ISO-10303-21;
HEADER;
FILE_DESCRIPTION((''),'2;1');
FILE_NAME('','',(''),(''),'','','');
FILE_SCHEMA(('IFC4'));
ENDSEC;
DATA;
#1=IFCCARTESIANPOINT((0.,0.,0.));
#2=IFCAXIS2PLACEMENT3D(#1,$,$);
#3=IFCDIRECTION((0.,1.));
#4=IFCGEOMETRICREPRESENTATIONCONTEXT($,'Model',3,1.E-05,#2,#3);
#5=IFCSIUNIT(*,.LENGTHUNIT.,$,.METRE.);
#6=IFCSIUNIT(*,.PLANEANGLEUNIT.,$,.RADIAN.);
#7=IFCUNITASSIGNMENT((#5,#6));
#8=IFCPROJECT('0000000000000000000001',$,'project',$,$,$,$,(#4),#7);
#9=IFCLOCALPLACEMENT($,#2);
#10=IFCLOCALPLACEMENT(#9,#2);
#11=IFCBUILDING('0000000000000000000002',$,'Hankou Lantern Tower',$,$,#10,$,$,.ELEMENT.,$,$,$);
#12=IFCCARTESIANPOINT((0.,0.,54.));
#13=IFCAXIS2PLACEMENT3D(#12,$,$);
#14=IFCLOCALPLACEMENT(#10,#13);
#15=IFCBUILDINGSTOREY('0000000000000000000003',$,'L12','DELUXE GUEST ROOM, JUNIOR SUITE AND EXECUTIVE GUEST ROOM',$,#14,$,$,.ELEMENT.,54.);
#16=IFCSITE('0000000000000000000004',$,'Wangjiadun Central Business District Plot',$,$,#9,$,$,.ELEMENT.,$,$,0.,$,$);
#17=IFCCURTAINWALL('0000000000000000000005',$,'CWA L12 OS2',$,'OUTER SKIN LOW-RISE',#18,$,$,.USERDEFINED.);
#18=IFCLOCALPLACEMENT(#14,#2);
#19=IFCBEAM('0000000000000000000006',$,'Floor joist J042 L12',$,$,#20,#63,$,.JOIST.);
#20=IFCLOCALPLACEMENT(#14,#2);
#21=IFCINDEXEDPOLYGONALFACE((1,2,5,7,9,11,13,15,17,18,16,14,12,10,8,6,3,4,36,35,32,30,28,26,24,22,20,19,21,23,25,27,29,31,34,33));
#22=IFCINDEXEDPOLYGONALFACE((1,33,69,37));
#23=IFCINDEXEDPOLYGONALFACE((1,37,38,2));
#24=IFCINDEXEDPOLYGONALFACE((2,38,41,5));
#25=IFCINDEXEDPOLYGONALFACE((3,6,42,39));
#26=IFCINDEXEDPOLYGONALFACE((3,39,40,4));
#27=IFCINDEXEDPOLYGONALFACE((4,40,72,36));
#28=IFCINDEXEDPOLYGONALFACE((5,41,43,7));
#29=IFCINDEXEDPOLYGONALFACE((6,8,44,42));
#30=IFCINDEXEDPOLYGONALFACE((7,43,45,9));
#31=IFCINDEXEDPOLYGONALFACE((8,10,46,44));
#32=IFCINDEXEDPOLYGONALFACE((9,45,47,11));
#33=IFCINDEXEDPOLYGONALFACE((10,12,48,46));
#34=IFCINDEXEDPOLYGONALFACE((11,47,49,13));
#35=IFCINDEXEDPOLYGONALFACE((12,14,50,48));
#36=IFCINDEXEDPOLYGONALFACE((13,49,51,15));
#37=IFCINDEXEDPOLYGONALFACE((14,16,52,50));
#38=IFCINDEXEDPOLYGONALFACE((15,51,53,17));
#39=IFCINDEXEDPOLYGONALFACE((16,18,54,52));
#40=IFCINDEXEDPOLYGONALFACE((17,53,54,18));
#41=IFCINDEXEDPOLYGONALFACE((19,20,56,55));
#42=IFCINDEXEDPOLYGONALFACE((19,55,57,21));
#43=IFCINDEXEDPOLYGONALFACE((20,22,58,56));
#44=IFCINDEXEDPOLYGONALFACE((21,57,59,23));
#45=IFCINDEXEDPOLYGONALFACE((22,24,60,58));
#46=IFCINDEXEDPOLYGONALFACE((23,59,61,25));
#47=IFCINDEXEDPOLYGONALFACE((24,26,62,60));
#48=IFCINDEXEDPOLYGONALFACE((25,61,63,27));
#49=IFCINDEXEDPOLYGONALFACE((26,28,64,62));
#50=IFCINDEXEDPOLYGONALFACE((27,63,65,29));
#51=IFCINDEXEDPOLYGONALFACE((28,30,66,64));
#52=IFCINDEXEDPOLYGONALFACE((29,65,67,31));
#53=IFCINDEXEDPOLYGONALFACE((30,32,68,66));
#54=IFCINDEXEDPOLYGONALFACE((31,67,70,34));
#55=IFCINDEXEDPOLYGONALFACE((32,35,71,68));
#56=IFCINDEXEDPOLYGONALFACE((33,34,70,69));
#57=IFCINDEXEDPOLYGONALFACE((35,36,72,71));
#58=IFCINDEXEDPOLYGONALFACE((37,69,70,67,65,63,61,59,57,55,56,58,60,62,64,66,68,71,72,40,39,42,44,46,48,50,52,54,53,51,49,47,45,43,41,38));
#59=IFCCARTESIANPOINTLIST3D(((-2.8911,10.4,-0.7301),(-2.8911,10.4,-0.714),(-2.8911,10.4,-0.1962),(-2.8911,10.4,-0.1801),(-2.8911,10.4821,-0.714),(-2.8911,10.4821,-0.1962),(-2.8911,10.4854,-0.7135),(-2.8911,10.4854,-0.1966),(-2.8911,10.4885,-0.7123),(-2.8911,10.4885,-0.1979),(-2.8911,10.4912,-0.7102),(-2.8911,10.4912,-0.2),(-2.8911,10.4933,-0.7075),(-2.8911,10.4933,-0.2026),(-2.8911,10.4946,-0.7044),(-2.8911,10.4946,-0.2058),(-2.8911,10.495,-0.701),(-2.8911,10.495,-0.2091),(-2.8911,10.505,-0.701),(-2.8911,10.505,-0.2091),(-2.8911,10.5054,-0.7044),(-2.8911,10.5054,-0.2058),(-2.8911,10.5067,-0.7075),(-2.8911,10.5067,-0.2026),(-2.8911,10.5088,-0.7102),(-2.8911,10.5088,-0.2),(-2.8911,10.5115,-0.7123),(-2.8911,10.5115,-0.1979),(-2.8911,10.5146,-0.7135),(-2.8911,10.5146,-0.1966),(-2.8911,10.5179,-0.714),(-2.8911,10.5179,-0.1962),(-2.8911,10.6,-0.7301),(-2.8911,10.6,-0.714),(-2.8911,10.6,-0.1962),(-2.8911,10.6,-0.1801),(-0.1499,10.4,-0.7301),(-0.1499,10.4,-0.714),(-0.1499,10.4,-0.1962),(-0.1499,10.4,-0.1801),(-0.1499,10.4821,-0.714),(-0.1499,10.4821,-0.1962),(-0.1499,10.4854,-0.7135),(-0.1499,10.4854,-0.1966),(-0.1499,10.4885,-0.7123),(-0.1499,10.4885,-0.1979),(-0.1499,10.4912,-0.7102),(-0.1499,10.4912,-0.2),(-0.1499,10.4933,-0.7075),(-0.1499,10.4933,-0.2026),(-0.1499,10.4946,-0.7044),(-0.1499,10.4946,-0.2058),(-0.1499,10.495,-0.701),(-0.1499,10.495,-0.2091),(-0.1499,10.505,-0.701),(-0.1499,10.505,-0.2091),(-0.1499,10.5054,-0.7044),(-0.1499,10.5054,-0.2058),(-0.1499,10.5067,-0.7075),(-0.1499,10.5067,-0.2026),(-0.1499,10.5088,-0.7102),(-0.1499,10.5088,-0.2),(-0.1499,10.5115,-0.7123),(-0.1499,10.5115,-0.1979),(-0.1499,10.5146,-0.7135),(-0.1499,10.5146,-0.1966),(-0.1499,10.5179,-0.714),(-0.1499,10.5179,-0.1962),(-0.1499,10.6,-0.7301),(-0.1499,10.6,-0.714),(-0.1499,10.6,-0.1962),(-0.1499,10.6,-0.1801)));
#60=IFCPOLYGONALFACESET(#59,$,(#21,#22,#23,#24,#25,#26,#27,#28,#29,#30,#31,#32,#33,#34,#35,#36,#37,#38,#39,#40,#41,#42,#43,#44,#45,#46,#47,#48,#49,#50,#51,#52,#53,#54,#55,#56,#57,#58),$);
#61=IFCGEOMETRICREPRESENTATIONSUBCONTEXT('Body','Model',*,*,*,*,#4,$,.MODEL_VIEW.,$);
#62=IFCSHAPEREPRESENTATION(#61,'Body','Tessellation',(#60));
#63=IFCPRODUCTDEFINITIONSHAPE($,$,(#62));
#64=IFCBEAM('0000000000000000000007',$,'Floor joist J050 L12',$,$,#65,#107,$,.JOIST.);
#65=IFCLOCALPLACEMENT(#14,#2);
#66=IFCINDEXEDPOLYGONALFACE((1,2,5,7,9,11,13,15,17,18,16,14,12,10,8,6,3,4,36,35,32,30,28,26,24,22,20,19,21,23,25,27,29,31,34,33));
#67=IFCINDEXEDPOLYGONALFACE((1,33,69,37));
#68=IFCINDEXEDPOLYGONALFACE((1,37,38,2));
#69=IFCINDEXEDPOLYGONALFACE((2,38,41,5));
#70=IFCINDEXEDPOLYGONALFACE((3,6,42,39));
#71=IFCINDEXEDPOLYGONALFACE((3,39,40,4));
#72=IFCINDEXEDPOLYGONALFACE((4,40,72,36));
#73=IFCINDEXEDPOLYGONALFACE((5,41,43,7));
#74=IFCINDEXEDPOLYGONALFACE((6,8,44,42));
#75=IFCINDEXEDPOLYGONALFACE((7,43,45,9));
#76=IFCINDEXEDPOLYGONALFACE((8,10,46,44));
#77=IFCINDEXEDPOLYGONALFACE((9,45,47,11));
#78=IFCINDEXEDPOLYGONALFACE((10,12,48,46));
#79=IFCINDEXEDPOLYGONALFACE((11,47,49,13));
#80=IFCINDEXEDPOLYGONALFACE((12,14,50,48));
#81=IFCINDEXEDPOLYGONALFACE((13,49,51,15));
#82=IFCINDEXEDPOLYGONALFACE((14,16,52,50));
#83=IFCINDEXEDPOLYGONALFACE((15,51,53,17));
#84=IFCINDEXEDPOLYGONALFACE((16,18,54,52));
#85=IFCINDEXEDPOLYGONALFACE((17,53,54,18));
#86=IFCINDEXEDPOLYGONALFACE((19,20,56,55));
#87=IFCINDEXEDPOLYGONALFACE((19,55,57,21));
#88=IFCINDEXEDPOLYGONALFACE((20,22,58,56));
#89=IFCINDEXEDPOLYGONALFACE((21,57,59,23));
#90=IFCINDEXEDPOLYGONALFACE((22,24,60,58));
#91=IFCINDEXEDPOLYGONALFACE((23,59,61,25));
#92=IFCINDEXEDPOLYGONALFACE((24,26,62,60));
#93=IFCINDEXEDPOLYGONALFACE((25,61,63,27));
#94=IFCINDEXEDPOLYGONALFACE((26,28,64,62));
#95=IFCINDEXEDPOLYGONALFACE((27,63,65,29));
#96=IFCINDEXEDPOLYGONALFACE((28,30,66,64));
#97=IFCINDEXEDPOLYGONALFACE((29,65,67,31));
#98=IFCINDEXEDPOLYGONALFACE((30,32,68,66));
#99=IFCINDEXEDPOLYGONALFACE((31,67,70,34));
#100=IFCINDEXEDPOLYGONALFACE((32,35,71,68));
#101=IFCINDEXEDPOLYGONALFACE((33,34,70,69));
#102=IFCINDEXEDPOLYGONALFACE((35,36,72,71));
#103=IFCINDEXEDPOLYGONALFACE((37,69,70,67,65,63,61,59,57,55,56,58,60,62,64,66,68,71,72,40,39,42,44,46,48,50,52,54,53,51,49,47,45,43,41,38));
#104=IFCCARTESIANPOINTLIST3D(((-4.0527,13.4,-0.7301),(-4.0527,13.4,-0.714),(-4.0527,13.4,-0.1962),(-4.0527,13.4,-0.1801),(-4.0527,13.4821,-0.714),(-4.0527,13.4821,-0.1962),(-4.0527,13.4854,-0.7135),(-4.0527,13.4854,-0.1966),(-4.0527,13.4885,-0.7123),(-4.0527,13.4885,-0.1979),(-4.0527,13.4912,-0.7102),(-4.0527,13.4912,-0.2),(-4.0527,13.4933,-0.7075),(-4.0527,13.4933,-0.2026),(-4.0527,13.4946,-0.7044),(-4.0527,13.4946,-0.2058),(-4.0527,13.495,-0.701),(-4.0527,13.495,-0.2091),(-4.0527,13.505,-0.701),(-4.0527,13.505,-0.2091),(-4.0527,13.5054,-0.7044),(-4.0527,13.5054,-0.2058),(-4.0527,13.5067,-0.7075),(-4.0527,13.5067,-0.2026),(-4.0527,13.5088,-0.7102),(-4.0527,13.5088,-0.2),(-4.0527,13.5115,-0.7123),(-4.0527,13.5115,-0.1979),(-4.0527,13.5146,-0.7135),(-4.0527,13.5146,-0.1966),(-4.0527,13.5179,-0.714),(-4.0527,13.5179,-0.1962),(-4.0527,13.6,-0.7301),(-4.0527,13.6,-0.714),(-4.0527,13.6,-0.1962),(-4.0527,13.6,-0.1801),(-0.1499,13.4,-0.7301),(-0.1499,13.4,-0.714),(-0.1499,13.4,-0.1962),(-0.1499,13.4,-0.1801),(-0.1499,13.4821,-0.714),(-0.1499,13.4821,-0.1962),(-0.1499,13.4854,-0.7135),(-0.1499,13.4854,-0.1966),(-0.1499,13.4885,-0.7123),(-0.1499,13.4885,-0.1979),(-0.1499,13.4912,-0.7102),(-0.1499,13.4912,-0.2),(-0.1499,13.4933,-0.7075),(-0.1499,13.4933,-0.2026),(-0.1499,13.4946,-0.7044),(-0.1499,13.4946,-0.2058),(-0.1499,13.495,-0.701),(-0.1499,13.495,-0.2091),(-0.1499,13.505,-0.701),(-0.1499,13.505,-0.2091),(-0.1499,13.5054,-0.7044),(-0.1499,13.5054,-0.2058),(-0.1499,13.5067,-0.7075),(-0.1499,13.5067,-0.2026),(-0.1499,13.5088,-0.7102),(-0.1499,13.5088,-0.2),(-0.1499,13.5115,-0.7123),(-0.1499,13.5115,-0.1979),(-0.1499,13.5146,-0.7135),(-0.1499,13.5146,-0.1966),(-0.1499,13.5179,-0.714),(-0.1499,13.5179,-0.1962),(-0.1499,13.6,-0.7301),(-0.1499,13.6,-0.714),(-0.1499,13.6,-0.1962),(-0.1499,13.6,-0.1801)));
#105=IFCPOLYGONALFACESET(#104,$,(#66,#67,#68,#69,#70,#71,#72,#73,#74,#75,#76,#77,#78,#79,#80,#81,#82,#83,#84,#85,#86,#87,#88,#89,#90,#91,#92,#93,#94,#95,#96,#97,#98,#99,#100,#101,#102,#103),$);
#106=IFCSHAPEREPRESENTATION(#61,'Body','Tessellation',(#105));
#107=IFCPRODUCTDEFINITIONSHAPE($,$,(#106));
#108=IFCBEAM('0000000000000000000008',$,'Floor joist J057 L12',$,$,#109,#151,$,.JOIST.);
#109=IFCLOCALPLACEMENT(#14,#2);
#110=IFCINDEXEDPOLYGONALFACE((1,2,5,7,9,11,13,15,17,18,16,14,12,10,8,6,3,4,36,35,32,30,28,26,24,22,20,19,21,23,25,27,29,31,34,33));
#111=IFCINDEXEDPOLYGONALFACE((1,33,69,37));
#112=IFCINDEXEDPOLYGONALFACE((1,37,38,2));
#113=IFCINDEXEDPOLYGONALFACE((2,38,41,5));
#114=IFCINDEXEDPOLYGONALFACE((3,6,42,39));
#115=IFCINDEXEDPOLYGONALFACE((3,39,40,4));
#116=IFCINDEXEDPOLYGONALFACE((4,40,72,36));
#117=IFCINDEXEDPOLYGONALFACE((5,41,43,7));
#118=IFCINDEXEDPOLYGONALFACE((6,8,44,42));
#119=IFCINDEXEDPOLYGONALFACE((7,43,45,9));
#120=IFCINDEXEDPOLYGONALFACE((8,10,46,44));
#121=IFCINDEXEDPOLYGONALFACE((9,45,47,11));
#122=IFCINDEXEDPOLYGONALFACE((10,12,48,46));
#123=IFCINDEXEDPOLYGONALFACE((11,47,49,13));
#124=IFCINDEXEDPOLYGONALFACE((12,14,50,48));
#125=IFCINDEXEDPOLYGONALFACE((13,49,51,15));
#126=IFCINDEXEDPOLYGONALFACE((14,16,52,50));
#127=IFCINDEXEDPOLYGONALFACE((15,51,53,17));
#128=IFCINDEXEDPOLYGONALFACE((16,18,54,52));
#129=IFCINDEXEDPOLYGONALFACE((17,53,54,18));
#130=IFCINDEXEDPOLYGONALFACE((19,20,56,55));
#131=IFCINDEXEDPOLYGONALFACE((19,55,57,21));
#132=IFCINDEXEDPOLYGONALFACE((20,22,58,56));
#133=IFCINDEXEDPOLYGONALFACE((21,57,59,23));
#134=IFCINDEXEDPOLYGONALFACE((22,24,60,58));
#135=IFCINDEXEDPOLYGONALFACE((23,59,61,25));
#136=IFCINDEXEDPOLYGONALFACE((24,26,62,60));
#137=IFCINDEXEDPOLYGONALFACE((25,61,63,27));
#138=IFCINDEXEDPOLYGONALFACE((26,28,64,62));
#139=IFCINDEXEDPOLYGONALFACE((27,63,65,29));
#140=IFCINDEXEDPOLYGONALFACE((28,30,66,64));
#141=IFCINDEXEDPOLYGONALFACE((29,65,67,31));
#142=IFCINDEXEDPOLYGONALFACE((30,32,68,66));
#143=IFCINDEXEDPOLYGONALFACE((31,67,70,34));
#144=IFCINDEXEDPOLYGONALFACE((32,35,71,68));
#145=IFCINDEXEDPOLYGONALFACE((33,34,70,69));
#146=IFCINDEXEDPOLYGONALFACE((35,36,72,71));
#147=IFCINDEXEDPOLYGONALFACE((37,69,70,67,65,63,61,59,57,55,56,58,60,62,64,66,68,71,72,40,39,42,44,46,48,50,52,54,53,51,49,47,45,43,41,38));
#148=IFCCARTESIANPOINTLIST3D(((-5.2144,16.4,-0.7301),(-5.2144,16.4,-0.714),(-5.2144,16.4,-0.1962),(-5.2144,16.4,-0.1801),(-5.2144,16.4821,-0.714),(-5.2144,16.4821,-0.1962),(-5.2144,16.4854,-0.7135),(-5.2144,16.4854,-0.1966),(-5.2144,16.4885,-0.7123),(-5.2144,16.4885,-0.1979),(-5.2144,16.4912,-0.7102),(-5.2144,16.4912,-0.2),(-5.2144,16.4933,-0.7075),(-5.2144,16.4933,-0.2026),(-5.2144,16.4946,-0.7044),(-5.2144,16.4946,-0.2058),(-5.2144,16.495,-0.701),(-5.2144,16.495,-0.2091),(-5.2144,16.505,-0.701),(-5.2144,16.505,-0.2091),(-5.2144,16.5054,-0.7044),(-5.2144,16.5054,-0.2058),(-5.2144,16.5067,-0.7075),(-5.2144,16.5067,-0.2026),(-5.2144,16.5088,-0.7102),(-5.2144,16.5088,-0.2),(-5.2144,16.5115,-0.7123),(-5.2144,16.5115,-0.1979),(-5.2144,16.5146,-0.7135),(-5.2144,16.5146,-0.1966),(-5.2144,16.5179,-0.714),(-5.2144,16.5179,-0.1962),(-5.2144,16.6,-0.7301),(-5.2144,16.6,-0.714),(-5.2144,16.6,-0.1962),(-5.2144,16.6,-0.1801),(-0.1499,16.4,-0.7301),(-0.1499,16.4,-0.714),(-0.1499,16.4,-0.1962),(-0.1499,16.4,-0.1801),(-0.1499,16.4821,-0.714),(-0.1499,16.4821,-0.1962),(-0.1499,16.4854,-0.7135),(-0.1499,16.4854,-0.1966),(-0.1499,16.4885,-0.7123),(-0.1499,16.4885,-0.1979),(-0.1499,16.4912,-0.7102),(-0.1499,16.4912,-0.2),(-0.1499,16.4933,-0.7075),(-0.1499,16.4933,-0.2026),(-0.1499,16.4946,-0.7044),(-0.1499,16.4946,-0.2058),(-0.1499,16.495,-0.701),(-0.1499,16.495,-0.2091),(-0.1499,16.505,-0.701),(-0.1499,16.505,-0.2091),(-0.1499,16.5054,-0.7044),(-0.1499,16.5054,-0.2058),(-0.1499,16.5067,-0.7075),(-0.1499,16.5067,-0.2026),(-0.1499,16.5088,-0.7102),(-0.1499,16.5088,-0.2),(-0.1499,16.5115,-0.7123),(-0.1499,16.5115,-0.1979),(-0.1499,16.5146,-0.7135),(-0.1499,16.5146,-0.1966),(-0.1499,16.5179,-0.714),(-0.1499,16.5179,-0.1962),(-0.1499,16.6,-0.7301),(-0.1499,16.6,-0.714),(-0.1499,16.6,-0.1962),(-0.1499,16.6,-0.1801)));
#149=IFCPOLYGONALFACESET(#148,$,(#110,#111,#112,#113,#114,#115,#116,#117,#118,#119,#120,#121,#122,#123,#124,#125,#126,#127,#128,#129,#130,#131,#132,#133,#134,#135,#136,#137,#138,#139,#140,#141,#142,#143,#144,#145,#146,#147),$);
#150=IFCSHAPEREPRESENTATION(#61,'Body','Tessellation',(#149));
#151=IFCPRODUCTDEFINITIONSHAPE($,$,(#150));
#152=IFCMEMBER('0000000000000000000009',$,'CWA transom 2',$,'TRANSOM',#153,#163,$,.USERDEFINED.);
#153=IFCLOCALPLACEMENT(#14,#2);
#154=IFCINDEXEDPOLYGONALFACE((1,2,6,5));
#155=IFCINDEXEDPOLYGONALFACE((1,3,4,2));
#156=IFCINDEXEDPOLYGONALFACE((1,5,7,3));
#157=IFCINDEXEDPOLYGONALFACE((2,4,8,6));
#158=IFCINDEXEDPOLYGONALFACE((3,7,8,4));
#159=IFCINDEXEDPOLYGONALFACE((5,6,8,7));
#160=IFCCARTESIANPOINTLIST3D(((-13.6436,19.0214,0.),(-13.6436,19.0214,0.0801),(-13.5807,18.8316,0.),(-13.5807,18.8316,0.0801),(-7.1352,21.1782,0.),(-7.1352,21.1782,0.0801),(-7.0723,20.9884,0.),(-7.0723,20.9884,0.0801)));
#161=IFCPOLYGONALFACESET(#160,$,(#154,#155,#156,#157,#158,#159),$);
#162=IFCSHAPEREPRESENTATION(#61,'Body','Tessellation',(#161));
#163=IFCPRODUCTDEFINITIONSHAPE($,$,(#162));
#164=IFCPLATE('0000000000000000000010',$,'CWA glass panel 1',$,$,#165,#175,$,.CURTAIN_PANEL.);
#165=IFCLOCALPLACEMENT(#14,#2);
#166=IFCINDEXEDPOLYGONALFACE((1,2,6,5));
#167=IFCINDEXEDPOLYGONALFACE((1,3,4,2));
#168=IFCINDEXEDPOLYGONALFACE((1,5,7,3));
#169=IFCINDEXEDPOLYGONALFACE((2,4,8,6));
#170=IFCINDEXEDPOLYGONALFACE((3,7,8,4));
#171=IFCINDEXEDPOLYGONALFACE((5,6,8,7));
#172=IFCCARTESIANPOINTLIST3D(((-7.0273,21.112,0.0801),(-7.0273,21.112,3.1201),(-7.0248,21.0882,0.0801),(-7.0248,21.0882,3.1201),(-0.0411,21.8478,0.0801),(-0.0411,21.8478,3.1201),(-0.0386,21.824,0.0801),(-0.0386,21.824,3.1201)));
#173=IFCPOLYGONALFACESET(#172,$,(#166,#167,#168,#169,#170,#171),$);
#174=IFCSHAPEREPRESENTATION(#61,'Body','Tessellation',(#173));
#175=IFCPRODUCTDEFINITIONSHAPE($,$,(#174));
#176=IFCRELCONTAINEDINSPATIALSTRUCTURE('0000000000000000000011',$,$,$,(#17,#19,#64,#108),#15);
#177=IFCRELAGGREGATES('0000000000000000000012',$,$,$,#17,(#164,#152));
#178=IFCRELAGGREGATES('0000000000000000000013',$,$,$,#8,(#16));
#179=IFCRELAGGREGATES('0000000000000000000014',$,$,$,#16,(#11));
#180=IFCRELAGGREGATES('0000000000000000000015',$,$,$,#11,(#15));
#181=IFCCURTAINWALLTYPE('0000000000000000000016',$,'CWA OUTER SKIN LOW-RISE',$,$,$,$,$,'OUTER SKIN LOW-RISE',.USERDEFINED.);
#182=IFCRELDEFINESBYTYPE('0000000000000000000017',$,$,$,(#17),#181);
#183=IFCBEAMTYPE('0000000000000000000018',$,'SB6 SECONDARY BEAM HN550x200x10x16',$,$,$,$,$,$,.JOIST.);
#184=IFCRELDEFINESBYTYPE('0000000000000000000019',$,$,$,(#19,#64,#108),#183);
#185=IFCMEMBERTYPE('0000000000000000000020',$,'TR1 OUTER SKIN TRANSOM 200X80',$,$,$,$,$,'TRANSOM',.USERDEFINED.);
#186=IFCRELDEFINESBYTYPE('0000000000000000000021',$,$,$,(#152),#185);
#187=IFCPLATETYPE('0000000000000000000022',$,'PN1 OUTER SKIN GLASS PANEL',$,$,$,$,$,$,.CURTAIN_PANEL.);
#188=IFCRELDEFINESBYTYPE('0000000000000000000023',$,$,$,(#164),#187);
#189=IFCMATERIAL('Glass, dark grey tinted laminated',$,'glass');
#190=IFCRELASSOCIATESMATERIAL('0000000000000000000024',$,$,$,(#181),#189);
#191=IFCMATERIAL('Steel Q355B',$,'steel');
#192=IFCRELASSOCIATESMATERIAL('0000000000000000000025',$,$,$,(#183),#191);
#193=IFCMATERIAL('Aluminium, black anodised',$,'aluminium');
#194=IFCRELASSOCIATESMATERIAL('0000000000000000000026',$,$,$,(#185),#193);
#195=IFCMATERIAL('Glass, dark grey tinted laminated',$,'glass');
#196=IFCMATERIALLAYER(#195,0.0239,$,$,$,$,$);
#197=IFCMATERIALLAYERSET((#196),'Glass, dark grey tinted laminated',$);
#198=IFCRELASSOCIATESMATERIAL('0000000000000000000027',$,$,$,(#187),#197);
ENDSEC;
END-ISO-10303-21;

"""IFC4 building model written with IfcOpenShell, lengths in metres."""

from ifc_helpers import new_model, si_unit, direction, frame, origin, origin_2d, place, context, subcontext, project, spatial, rectangle, i_section, extrude, material, layer, layer_set, material_profile, profile_set, type_object, element, aggregate, save


model = new_model("IFC4")

# Units and contexts
model_context = context("Model", 3, precision=1e-05, world=origin(), true_north=direction((0.0, 1.0)))
body_context = subcontext(model_context, "Body", "Model", "MODEL_VIEW")
ifc_project = project(units=[si_unit("LENGTHUNIT", "METRE"), si_unit("PLANEANGLEUNIT", "RADIAN")], contexts=[model_context])

# Site, building, storey
site_placement = place(None, origin())
site = spatial("IfcSite", under=ifc_project, at=site_placement, Name="Wangjiadun Central Business District Plot", CompositionType="ELEMENT", RefElevation=0.0)
building_placement = place(site_placement, origin())
building = spatial("IfcBuilding", under=site, at=building_placement, Name="Hankou Lantern Tower", CompositionType="ELEMENT")
storey_placement = place(building_placement, frame((0.0, 0.0, 54.0)))
storey = spatial("IfcBuildingStorey", under=building, at=storey_placement, Name="L12", Description="DELUXE GUEST ROOM, JUNIOR SUITE AND EXECUTIVE GUEST ROOM", CompositionType="ELEMENT", Elevation=54.0)

# Curtain wall
ifc_material_1 = material(Name="Glass, dark grey tinted laminated", Category="glass")
curtain_wall_type = type_object("IfcCurtainWallType", Name="CWA OUTER SKIN LOW-RISE", ElementType="OUTER SKIN LOW-RISE", PredefinedType="USERDEFINED", material=ifc_material_1)
curtain_wall_placement = place(storey_placement, origin())
curtain_wall = element("IfcCurtainWall", 1, at=curtain_wall_placement, inside=storey, type_object=curtain_wall_type, Name="CWA L12 OS2", ObjectType="OUTER SKIN LOW-RISE", PredefinedType="USERDEFINED")

# Beams
ifc_material_2 = material(Name="Steel Q355B", Category="steel")
ifc_material_profile_1 = material_profile(ifc_material_2, i_section(OverallWidth=0.2, OverallDepth=0.55, WebThickness=0.01, FlangeThickness=0.0161, FilletRadius=0.0129, at=origin_2d()), Name="HN550x200x10x16")
ifc_profile_set_1 = profile_set([ifc_material_profile_1], Name="Steel Q355B")
beam_type_1 = type_object("IfcBeamType", Name="SB6 SECONDARY BEAM HN550x200x10x16", PredefinedType="JOIST", material=ifc_profile_set_1)
beam_1_placement = place(storey_placement, frame((-2.8911, 10.5, -0.4551), z_axis=(1.0, 0.0, 0.0), x_axis=(0.0, 1.0, 0.0)))
element("IfcBeam", 2, at=beam_1_placement, inside=storey, type_object=beam_type_1, Name="Floor joist J042 L12", PredefinedType="JOIST", context=body_context, shape_type="SweptSolid", body=[
    extrude(i_section(OverallWidth=0.2, OverallDepth=0.55, WebThickness=0.01, FlangeThickness=0.0161, FilletRadius=0.0129, at=origin_2d()), origin(), (0.0, 0.0, 1.0), 2.7412),
])
beam_2_placement = place(storey_placement, frame((-4.0527, 13.5, -0.4551), z_axis=(1.0, 0.0, 0.0), x_axis=(0.0, 1.0, 0.0)))
element("IfcBeam", 3, at=beam_2_placement, inside=storey, type_object=beam_type_1, Name="Floor joist J050 L12", PredefinedType="JOIST", context=body_context, shape_type="SweptSolid", body=[
    extrude(i_section(OverallWidth=0.2, OverallDepth=0.55, WebThickness=0.01, FlangeThickness=0.0161, FilletRadius=0.0129, at=origin_2d()), origin(), (0.0, 0.0, 1.0), 3.9028),
])
beam_3_placement = place(storey_placement, frame((-5.2144, 16.5, -0.4551), z_axis=(1.0, 0.0, 0.0), x_axis=(0.0, 1.0, 0.0)))
element("IfcBeam", 4, at=beam_3_placement, inside=storey, type_object=beam_type_1, Name="Floor joist J057 L12", PredefinedType="JOIST", context=body_context, shape_type="SweptSolid", body=[
    extrude(i_section(OverallWidth=0.2, OverallDepth=0.55, WebThickness=0.01, FlangeThickness=0.0161, FilletRadius=0.0129, at=origin_2d()), origin(), (0.0, 0.0, 1.0), 5.0645),
])

# Member
ifc_material_3 = material(Name="Aluminium, black anodised", Category="aluminium")
ifc_material_profile_2 = material_profile(ifc_material_3, rectangle(XDim=0.2, YDim=0.0801, at=origin_2d()), Name="TR1 200X80")
ifc_profile_set_2 = profile_set([ifc_material_profile_2], Name="Aluminium, black anodised")
member_type_1 = type_object("IfcMemberType", Name="TR1 OUTER SKIN TRANSOM 200X80", ElementType="TRANSOM", PredefinedType="USERDEFINED", material=ifc_profile_set_2)
member_1_placement = place(storey_placement, frame((-7.1038, 21.0833, 0.04), z_axis=(-0.949237, -0.314561, 0.0), x_axis=(0.314561, -0.949237, 0.0)))
member_1 = element("IfcMember", 5, at=member_1_placement, type_object=member_type_1, Name="CWA transom 2", ObjectType="TRANSOM", PredefinedType="USERDEFINED", context=body_context, shape_type="SweptSolid", body=[
    extrude(rectangle(XDim=0.2, YDim=0.0801, at=origin_2d()), origin(), (0.0, 0.0, 1.0), 6.8564),
])

# Plate
ifc_material_4 = material(Name="Glass, dark grey tinted laminated", Category="glass")
ifc_layer_1 = layer(ifc_material_4, 0.0239)
ifc_layer_set_1 = layer_set([ifc_layer_1], Name="Glass, dark grey tinted laminated")
plate_type = type_object("IfcPlateType", Name="PN1 OUTER SKIN GLASS PANEL", PredefinedType="CURTAIN_PANEL", material=ifc_layer_set_1)
plate_placement = place(storey_placement, frame((-3.533, 21.468, 0.0801), z_axis=(0.0, 0.0, 1.0), x_axis=(-0.994499, -0.104743, 0.0)))
plate = element("IfcPlate", 6, at=plate_placement, type_object=plate_type, Name="CWA glass panel 1", PredefinedType="CURTAIN_PANEL", context=body_context, shape_type="SweptSolid", body=[
    extrude(rectangle(XDim=7.0249, YDim=0.0239, at=origin_2d()), origin(), (0.0, 0.0, 1.0), 3.04),
])
aggregate(curtain_wall, [plate, member_1])

save(model, "model.ifc")
